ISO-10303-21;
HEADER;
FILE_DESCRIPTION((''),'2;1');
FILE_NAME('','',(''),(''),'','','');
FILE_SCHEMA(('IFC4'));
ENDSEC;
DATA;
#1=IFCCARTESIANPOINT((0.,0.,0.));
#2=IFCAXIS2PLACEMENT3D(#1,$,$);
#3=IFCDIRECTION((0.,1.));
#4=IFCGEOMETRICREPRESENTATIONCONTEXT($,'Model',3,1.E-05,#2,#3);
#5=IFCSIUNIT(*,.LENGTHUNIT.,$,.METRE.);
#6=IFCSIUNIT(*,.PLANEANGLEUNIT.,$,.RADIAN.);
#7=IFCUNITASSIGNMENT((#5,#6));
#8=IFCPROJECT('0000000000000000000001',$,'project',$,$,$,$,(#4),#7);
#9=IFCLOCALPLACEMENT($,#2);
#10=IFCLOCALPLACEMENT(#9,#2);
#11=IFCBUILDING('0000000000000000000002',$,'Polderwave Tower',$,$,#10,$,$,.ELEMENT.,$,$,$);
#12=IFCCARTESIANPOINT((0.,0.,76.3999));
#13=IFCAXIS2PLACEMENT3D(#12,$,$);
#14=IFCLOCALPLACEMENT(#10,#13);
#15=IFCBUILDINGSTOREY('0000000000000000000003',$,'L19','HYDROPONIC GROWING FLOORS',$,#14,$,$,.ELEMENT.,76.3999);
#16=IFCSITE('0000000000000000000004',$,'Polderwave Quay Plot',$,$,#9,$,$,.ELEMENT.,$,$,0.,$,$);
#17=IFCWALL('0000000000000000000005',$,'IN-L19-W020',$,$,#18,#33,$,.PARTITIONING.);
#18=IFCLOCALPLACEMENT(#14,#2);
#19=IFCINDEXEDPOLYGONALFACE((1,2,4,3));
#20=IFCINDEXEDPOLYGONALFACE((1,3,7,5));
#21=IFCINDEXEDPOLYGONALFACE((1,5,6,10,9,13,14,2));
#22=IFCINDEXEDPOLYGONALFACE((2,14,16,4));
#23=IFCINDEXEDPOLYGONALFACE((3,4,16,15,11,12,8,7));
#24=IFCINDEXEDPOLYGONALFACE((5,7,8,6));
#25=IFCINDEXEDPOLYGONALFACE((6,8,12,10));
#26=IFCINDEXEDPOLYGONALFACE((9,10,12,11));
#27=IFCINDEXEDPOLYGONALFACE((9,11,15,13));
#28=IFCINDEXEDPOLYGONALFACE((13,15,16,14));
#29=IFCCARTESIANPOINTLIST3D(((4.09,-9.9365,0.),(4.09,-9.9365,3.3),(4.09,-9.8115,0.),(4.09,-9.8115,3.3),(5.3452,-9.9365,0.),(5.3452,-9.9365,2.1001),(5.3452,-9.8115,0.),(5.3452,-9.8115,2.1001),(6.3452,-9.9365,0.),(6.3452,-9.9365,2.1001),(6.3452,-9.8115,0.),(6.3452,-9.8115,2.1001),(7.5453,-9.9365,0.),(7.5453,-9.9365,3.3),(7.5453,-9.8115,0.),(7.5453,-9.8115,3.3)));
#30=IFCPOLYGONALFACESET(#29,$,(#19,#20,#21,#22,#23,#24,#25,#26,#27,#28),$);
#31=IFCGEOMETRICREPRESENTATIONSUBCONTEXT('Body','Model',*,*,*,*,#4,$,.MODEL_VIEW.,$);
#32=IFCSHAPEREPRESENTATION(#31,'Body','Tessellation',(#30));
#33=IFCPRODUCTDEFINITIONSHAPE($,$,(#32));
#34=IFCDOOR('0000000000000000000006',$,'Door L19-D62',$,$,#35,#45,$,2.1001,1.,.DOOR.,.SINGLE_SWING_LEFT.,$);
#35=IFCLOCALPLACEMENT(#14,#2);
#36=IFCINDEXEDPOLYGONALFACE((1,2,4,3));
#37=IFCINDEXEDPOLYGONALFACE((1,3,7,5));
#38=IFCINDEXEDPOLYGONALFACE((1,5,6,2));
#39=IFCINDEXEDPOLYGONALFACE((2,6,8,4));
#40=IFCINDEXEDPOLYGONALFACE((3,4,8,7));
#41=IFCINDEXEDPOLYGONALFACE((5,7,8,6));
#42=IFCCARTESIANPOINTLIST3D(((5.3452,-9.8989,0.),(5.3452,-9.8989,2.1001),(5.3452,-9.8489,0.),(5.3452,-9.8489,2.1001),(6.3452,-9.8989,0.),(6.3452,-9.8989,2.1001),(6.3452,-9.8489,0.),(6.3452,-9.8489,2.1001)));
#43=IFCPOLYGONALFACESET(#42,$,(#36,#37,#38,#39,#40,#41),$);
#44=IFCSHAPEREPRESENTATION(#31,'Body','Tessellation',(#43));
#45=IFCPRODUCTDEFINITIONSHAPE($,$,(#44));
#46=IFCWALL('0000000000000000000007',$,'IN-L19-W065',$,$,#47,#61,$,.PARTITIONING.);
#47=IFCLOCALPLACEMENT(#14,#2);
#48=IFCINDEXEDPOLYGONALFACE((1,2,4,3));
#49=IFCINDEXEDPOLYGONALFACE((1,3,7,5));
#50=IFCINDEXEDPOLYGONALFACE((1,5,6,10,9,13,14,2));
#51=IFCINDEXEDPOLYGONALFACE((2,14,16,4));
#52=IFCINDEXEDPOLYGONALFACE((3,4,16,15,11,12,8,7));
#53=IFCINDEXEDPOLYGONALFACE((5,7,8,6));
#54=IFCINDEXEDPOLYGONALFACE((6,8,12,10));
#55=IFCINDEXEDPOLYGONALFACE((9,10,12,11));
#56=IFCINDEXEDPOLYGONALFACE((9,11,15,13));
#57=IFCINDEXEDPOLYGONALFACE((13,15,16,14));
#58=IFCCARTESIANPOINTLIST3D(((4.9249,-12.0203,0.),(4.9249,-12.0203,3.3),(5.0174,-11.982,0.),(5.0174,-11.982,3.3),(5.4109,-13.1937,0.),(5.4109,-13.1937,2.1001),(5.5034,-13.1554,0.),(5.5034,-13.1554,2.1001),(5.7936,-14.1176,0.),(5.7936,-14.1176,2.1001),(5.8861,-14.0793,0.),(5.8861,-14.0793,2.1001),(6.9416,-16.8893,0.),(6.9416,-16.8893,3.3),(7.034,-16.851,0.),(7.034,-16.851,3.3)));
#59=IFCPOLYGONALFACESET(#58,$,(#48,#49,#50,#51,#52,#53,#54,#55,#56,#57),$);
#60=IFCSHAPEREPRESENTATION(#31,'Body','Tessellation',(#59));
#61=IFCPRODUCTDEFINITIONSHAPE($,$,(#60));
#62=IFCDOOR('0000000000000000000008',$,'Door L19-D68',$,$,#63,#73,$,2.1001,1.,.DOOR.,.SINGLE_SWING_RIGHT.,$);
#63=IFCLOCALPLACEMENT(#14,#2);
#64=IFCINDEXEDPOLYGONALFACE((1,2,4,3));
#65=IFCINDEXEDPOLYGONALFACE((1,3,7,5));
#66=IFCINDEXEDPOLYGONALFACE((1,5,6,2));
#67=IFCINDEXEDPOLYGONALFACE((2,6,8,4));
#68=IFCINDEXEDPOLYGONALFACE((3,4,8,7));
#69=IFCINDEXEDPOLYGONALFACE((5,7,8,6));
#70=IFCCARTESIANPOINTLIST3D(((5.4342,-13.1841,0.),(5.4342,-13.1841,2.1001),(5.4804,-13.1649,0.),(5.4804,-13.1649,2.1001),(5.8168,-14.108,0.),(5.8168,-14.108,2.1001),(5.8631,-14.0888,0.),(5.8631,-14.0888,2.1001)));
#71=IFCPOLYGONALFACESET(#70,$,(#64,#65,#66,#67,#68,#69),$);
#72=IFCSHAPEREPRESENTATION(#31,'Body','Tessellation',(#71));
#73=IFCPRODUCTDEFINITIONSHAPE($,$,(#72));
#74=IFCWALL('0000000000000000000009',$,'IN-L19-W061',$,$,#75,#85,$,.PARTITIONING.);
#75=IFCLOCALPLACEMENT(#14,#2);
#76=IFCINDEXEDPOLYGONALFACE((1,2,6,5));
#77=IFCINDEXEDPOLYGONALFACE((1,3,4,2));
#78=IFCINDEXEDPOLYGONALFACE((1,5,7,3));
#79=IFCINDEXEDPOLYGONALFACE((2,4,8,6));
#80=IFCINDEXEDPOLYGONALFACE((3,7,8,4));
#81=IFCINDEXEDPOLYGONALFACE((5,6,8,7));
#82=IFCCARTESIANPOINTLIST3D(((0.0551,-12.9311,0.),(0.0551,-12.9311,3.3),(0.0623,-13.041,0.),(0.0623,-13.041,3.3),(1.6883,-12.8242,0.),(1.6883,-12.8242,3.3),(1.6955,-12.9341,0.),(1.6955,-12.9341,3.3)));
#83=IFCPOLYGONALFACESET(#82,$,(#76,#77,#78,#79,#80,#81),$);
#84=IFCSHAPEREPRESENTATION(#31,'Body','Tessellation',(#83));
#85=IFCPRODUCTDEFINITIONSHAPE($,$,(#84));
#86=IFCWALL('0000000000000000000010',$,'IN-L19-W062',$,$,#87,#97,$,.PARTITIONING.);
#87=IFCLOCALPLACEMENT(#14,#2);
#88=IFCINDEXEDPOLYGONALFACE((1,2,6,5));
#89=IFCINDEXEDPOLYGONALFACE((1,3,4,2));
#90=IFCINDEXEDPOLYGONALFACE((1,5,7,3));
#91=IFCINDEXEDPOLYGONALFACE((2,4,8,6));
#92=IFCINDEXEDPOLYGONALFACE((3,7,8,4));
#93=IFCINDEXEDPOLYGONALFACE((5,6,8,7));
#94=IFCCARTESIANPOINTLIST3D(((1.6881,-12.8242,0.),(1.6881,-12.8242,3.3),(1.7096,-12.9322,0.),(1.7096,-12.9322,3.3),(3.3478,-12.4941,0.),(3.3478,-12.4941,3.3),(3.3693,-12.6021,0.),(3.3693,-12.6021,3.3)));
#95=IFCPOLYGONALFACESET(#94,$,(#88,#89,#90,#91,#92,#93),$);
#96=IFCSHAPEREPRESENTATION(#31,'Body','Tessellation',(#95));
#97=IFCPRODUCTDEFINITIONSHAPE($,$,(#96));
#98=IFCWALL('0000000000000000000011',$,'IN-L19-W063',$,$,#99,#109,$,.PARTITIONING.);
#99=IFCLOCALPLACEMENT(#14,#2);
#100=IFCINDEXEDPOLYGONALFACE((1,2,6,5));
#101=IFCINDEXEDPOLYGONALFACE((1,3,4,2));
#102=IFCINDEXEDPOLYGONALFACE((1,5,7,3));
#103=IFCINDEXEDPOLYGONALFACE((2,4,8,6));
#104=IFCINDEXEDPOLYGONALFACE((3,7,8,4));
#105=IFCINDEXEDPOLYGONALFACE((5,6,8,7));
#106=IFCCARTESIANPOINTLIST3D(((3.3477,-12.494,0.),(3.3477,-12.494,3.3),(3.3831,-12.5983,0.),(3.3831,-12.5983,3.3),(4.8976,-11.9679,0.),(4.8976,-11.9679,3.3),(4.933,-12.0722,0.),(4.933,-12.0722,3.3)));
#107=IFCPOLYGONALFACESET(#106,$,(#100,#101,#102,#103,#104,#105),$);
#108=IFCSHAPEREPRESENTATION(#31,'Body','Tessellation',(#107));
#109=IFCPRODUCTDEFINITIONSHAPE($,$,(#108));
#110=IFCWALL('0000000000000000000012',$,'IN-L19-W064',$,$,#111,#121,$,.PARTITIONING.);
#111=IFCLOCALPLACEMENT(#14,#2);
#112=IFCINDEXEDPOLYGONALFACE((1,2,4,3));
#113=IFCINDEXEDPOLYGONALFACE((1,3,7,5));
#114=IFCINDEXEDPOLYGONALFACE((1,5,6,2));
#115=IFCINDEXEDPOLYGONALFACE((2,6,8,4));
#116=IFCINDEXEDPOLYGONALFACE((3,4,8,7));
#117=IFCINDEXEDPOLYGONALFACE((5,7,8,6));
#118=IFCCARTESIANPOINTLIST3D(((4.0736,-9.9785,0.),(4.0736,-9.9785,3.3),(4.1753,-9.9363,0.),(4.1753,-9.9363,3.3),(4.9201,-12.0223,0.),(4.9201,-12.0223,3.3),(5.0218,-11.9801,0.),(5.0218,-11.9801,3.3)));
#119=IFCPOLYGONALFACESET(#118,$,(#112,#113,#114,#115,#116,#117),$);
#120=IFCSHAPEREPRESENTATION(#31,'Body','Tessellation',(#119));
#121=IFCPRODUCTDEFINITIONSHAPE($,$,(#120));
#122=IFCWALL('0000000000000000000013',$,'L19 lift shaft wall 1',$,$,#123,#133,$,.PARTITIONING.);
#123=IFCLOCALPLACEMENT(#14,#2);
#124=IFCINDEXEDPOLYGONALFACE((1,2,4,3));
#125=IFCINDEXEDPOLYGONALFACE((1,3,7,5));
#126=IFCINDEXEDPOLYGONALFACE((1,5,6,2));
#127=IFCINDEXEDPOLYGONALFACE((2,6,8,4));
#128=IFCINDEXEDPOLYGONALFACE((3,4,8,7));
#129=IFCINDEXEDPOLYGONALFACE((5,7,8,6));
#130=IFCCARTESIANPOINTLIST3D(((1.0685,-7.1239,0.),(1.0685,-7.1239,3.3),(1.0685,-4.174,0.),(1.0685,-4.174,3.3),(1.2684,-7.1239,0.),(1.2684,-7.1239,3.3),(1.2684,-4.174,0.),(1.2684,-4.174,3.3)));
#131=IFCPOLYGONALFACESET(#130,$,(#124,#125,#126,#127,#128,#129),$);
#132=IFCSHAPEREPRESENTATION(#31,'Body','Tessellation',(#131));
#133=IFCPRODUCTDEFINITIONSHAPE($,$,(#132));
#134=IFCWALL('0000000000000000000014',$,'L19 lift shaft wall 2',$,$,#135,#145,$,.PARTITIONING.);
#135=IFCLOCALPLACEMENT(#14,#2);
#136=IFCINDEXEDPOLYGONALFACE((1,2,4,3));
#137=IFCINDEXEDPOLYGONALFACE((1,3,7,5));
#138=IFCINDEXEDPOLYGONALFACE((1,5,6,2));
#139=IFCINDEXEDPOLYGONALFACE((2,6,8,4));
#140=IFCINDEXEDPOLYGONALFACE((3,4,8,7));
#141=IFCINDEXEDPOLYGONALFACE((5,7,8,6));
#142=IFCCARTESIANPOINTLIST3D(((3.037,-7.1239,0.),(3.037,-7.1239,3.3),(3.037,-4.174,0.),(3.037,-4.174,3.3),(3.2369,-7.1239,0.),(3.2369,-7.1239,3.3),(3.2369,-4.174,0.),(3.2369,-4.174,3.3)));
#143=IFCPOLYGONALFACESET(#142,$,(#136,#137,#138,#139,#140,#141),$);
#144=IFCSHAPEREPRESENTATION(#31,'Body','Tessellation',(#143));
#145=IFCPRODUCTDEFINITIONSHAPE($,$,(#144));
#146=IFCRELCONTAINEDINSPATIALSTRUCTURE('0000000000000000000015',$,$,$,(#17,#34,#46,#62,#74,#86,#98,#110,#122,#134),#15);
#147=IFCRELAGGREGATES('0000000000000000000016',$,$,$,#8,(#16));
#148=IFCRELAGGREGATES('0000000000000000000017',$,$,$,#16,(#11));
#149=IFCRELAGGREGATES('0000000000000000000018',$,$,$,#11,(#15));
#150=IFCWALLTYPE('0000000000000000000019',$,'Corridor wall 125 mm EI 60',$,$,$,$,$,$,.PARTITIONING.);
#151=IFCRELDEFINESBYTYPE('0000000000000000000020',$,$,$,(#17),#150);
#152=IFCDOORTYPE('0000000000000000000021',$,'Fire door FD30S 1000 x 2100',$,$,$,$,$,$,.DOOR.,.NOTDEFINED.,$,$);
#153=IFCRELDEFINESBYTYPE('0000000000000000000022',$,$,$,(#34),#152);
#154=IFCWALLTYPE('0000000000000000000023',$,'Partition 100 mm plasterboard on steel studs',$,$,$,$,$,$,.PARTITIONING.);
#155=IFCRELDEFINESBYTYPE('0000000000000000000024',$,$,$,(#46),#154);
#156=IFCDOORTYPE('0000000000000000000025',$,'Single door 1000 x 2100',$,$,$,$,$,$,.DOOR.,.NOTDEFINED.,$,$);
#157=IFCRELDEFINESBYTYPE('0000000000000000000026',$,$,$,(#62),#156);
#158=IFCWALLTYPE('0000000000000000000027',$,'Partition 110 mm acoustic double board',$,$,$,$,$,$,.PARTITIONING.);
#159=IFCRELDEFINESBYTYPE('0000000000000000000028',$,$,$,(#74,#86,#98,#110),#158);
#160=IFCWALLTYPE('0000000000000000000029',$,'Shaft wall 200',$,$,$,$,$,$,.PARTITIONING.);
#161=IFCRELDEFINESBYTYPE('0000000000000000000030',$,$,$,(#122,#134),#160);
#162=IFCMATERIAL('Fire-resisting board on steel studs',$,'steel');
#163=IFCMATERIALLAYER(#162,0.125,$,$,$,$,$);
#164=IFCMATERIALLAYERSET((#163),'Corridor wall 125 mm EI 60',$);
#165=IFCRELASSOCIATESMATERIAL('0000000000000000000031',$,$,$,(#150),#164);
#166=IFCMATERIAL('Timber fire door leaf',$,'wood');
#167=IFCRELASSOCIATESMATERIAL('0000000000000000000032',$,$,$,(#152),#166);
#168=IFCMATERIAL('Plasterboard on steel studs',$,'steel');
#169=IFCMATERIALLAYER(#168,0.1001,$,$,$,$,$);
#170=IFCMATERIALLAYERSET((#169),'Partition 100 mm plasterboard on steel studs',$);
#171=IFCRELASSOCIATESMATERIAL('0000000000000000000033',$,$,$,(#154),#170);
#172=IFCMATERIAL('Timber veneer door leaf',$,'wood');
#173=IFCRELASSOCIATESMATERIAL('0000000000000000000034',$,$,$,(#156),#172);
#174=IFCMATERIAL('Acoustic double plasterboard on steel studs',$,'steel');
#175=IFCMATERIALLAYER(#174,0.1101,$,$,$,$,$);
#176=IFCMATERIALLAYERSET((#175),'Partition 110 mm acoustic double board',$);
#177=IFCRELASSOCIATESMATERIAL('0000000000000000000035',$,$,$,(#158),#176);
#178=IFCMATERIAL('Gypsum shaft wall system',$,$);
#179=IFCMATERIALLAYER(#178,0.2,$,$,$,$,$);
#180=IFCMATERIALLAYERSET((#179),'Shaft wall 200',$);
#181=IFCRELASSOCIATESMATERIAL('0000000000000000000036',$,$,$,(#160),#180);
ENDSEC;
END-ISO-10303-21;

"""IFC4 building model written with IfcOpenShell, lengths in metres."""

from ifc_helpers import new_model, si_unit, direction, frame, frame_2d, origin, place, context, subcontext, project, spatial, rectangle, extrude, material, layer, layer_set, type_object, element, fill, save


model = new_model("IFC4")

# Units and contexts
model_context = context("Model", 3, precision=1e-05, world=origin(), true_north=direction((0.0, 1.0)))
body_context = subcontext(model_context, "Body", "Model", "MODEL_VIEW")
ifc_project = project(units=[si_unit("LENGTHUNIT", "METRE"), si_unit("PLANEANGLEUNIT", "RADIAN")], contexts=[model_context])

# Site, building, storey
site_placement = place(None, origin())
site = spatial("IfcSite", under=ifc_project, at=site_placement, Name="Polderwave Quay Plot", CompositionType="ELEMENT", RefElevation=0.0)
building_placement = place(site_placement, origin())
building = spatial("IfcBuilding", under=site, at=building_placement, Name="Polderwave Tower", CompositionType="ELEMENT")
storey_placement = place(building_placement, frame((0.0, 0.0, 76.3999)))
storey = spatial("IfcBuildingStorey", under=building, at=storey_placement, Name="L19", Description="HYDROPONIC GROWING FLOORS", CompositionType="ELEMENT", Elevation=76.3999)

# Walls, openings, doors
ifc_material_1 = material(Name="Fire-resisting board on steel studs", Category="steel")
ifc_layer_1 = layer(ifc_material_1, 0.125)
ifc_layer_set_1 = layer_set([ifc_layer_1], Name="Corridor wall 125 mm EI 60")
wall_type_1 = type_object("IfcWallType", Name="Corridor wall 125 mm EI 60", PredefinedType="PARTITIONING", material=ifc_layer_set_1)
ifc_material_2 = material(Name="Timber fire door leaf", Category="wood")
door_type_1 = type_object("IfcDoorType", Name="Fire door FD30S 1000 x 2100", OperationType="NOTDEFINED", PredefinedType="DOOR", material=ifc_material_2)
wall_1_placement = place(storey_placement, frame((7.5452, -9.874, 0.0), z_axis=(0.0, 0.0, 1.0), x_axis=(-1.0, 0.0, 0.0)))
wall_1 = element("IfcWall", 1, at=wall_1_placement, inside=storey, type_object=wall_type_1, Name="IN-L19-W020", PredefinedType="PARTITIONING", context=body_context, shape_type="SweptSolid", body=[
    extrude(rectangle(XDim=3.4553, YDim=0.125, at=frame_2d((1.7275, 0.0))), origin(), (0.0, 0.0, 1.0), 3.3),
])
opening_1_placement = place(wall_1_placement, frame((1.2, 0.0, 0.0)))
opening_1 = element("IfcOpeningElement", 2, at=opening_1_placement, cuts=wall_1, PredefinedType="OPENING", context=body_context, shape_type="SweptSolid", body=[
    extrude(rectangle(XDim=1.0, YDim=2.1001, at=frame_2d((0.5, 1.05))), frame((0.0, 0.0725, 0.0), z_axis=(0.0, -1.0, 0.0), x_axis=(1.0, 0.0, 0.0)), (0.0, 0.0, 1.0), 0.145),
])
door_1_placement = place(opening_1_placement, origin())
door_1 = element("IfcDoor", 3, at=door_1_placement, inside=storey, type_object=door_type_1, Name="Door L19-D62", OperationType="SINGLE_SWING_LEFT", OverallHeight=2.1001, OverallWidth=1.0, PredefinedType="DOOR", context=body_context, shape_type="SweptSolid", body=[
    extrude(rectangle(XDim=1.0, YDim=2.1001, at=frame_2d((0.5, 1.05))), frame((0.0, 0.0249, 0.0), z_axis=(0.0, -1.0, 0.0), x_axis=(1.0, 0.0, 0.0)), (0.0, 0.0, 1.0), 0.05),
])
fill(opening_1, door_1)
ifc_material_3 = material(Name="Plasterboard on steel studs", Category="steel")
ifc_layer_2 = layer(ifc_material_3, 0.1001)
ifc_layer_set_2 = layer_set([ifc_layer_2], Name="Partition 100 mm plasterboard on steel studs")
wall_type_2 = type_object("IfcWallType", Name="Partition 100 mm plasterboard on steel studs", PredefinedType="PARTITIONING", material=ifc_layer_set_2)
wall_2_placement = place(storey_placement, frame((6.9878, -16.8701, 0.0), z_axis=(0.0, 0.0, 1.0), x_axis=(-0.382657, 0.92389, 0.0)))
wall_2 = element("IfcWall", 4, at=wall_2_placement, inside=storey, type_object=wall_type_2, Name="IN-L19-W065", PredefinedType="PARTITIONING", context=body_context, shape_type="SweptSolid", body=[
    extrude(rectangle(XDim=5.27, YDim=0.1001, at=frame_2d((2.635, 0.0))), origin(), (0.0, 0.0, 1.0), 3.3),
])
opening_2_placement = place(wall_2_placement, frame((3.0, 0.0, 0.0)))
opening_2 = element("IfcOpeningElement", 5, at=opening_2_placement, cuts=wall_2, PredefinedType="OPENING", context=body_context, shape_type="SweptSolid", body=[
    extrude(rectangle(XDim=1.0, YDim=2.1001, at=frame_2d((0.5, 1.05))), frame((0.0, 0.0601, 0.0), z_axis=(0.0, -1.0, 0.0), x_axis=(1.0, 0.0, 0.0)), (0.0, 0.0, 1.0), 0.1201),
])
ifc_material_4 = material(Name="Timber veneer door leaf", Category="wood")
door_type_2 = type_object("IfcDoorType", Name="Single door 1000 x 2100", OperationType="NOTDEFINED", PredefinedType="DOOR", material=ifc_material_4)
door_2_placement = place(opening_2_placement, origin())
door_2 = element("IfcDoor", 6, at=door_2_placement, inside=storey, type_object=door_type_2, Name="Door L19-D68", OperationType="SINGLE_SWING_RIGHT", OverallHeight=2.1001, OverallWidth=1.0, PredefinedType="DOOR", context=body_context, shape_type="SweptSolid", body=[
    extrude(rectangle(XDim=1.0, YDim=2.1001, at=frame_2d((0.5, 1.05))), frame((0.0, 0.0249, 0.0), z_axis=(0.0, -1.0, 0.0), x_axis=(1.0, 0.0, 0.0)), (0.0, 0.0, 1.0), 0.05),
])
fill(opening_2, door_2)

# Walls
ifc_material_5 = material(Name="Acoustic double plasterboard on steel studs", Category="steel")
ifc_layer_3 = layer(ifc_material_5, 0.1101)
ifc_layer_set_3 = layer_set([ifc_layer_3], Name="Partition 110 mm acoustic double board")
wall_type_3 = type_object("IfcWallType", Name="Partition 110 mm acoustic double board", PredefinedType="PARTITIONING", material=ifc_layer_set_3)
wall_3_placement = place(storey_placement, frame((1.6919, -12.8792, 0.0), z_axis=(0.0, 0.0, 1.0), x_axis=(-0.997864, -0.065331, 0.0)))
element("IfcWall", 7, at=wall_3_placement, inside=storey, type_object=wall_type_3, Name="IN-L19-W061", PredefinedType="PARTITIONING", context=body_context, shape_type="SweptSolid", body=[
    extrude(rectangle(XDim=1.6367, YDim=0.1101, at=frame_2d((0.8184, 0.0))), origin(), (0.0, 0.0, 1.0), 3.3),
])
wall_4_placement = place(storey_placement, frame((3.3586, -12.5481, 0.0), z_axis=(0.0, 0.0, 1.0), x_axis=(-0.980791, -0.195062, 0.0)))
element("IfcWall", 8, at=wall_4_placement, inside=storey, type_object=wall_type_3, Name="IN-L19-W062", PredefinedType="PARTITIONING", context=body_context, shape_type="SweptSolid", body=[
    extrude(rectangle(XDim=1.6921, YDim=0.1101, at=frame_2d((0.8462, 0.0))), origin(), (0.0, 0.0, 1.0), 3.3),
])
wall_5_placement = place(storey_placement, frame((4.9153, -12.02, 0.0), z_axis=(0.0, 0.0, 1.0), x_axis=(-0.946924, -0.321459, 0.0)))
element("IfcWall", 9, at=wall_5_placement, inside=storey, type_object=wall_type_3, Name="IN-L19-W063", PredefinedType="PARTITIONING", context=body_context, shape_type="SweptSolid", body=[
    extrude(rectangle(XDim=1.6367, YDim=0.1101, at=frame_2d((0.8184, 0.0))), origin(), (0.0, 0.0, 1.0), 3.3),
])
wall_6_placement = place(storey_placement, frame((4.1245, -9.9575, 0.0), z_axis=(0.0, 0.0, 1.0), x_axis=(0.382647, -0.923894, 0.0)))
element("IfcWall", 10, at=wall_6_placement, inside=storey, type_object=wall_type_3, Name="IN-L19-W064", PredefinedType="PARTITIONING", context=body_context, shape_type="SweptSolid", body=[
    extrude(rectangle(XDim=2.2122, YDim=0.1101, at=frame_2d((1.106, 0.0))), origin(), (0.0, 0.0, 1.0), 3.3),
])
ifc_material_6 = material(Name="Gypsum shaft wall system")
ifc_layer_4 = layer(ifc_material_6, 0.2)
ifc_layer_set_4 = layer_set([ifc_layer_4], Name="Shaft wall 200")
wall_type_4 = type_object("IfcWallType", Name="Shaft wall 200", PredefinedType="PARTITIONING", material=ifc_layer_set_4)
for number, where, z_axis, x_axis, name in (
    (11, (1.1685, -7.124, 0.0), (0.0, 0.0, 1.0), (0.0, 1.0, 0.0), "L19 lift shaft wall 1"),
    (12, (3.137, -7.124, 0.0), (0.0, 0.0, 1.0), (0.0, 1.0, 0.0), "L19 lift shaft wall 2"),
):
    element("IfcWall", number, at=place(storey_placement, frame(where, z_axis=z_axis, x_axis=x_axis)), inside=storey, type_object=wall_type_4, Name=name, PredefinedType="PARTITIONING", context=body_context, shape_type="SweptSolid", body=[
        extrude(rectangle(XDim=2.95, YDim=0.2, at=frame_2d((1.4751, 0.0))), origin(), (0.0, 0.0, 1.0), 3.3),
    ])

save(model, "model.ifc")
